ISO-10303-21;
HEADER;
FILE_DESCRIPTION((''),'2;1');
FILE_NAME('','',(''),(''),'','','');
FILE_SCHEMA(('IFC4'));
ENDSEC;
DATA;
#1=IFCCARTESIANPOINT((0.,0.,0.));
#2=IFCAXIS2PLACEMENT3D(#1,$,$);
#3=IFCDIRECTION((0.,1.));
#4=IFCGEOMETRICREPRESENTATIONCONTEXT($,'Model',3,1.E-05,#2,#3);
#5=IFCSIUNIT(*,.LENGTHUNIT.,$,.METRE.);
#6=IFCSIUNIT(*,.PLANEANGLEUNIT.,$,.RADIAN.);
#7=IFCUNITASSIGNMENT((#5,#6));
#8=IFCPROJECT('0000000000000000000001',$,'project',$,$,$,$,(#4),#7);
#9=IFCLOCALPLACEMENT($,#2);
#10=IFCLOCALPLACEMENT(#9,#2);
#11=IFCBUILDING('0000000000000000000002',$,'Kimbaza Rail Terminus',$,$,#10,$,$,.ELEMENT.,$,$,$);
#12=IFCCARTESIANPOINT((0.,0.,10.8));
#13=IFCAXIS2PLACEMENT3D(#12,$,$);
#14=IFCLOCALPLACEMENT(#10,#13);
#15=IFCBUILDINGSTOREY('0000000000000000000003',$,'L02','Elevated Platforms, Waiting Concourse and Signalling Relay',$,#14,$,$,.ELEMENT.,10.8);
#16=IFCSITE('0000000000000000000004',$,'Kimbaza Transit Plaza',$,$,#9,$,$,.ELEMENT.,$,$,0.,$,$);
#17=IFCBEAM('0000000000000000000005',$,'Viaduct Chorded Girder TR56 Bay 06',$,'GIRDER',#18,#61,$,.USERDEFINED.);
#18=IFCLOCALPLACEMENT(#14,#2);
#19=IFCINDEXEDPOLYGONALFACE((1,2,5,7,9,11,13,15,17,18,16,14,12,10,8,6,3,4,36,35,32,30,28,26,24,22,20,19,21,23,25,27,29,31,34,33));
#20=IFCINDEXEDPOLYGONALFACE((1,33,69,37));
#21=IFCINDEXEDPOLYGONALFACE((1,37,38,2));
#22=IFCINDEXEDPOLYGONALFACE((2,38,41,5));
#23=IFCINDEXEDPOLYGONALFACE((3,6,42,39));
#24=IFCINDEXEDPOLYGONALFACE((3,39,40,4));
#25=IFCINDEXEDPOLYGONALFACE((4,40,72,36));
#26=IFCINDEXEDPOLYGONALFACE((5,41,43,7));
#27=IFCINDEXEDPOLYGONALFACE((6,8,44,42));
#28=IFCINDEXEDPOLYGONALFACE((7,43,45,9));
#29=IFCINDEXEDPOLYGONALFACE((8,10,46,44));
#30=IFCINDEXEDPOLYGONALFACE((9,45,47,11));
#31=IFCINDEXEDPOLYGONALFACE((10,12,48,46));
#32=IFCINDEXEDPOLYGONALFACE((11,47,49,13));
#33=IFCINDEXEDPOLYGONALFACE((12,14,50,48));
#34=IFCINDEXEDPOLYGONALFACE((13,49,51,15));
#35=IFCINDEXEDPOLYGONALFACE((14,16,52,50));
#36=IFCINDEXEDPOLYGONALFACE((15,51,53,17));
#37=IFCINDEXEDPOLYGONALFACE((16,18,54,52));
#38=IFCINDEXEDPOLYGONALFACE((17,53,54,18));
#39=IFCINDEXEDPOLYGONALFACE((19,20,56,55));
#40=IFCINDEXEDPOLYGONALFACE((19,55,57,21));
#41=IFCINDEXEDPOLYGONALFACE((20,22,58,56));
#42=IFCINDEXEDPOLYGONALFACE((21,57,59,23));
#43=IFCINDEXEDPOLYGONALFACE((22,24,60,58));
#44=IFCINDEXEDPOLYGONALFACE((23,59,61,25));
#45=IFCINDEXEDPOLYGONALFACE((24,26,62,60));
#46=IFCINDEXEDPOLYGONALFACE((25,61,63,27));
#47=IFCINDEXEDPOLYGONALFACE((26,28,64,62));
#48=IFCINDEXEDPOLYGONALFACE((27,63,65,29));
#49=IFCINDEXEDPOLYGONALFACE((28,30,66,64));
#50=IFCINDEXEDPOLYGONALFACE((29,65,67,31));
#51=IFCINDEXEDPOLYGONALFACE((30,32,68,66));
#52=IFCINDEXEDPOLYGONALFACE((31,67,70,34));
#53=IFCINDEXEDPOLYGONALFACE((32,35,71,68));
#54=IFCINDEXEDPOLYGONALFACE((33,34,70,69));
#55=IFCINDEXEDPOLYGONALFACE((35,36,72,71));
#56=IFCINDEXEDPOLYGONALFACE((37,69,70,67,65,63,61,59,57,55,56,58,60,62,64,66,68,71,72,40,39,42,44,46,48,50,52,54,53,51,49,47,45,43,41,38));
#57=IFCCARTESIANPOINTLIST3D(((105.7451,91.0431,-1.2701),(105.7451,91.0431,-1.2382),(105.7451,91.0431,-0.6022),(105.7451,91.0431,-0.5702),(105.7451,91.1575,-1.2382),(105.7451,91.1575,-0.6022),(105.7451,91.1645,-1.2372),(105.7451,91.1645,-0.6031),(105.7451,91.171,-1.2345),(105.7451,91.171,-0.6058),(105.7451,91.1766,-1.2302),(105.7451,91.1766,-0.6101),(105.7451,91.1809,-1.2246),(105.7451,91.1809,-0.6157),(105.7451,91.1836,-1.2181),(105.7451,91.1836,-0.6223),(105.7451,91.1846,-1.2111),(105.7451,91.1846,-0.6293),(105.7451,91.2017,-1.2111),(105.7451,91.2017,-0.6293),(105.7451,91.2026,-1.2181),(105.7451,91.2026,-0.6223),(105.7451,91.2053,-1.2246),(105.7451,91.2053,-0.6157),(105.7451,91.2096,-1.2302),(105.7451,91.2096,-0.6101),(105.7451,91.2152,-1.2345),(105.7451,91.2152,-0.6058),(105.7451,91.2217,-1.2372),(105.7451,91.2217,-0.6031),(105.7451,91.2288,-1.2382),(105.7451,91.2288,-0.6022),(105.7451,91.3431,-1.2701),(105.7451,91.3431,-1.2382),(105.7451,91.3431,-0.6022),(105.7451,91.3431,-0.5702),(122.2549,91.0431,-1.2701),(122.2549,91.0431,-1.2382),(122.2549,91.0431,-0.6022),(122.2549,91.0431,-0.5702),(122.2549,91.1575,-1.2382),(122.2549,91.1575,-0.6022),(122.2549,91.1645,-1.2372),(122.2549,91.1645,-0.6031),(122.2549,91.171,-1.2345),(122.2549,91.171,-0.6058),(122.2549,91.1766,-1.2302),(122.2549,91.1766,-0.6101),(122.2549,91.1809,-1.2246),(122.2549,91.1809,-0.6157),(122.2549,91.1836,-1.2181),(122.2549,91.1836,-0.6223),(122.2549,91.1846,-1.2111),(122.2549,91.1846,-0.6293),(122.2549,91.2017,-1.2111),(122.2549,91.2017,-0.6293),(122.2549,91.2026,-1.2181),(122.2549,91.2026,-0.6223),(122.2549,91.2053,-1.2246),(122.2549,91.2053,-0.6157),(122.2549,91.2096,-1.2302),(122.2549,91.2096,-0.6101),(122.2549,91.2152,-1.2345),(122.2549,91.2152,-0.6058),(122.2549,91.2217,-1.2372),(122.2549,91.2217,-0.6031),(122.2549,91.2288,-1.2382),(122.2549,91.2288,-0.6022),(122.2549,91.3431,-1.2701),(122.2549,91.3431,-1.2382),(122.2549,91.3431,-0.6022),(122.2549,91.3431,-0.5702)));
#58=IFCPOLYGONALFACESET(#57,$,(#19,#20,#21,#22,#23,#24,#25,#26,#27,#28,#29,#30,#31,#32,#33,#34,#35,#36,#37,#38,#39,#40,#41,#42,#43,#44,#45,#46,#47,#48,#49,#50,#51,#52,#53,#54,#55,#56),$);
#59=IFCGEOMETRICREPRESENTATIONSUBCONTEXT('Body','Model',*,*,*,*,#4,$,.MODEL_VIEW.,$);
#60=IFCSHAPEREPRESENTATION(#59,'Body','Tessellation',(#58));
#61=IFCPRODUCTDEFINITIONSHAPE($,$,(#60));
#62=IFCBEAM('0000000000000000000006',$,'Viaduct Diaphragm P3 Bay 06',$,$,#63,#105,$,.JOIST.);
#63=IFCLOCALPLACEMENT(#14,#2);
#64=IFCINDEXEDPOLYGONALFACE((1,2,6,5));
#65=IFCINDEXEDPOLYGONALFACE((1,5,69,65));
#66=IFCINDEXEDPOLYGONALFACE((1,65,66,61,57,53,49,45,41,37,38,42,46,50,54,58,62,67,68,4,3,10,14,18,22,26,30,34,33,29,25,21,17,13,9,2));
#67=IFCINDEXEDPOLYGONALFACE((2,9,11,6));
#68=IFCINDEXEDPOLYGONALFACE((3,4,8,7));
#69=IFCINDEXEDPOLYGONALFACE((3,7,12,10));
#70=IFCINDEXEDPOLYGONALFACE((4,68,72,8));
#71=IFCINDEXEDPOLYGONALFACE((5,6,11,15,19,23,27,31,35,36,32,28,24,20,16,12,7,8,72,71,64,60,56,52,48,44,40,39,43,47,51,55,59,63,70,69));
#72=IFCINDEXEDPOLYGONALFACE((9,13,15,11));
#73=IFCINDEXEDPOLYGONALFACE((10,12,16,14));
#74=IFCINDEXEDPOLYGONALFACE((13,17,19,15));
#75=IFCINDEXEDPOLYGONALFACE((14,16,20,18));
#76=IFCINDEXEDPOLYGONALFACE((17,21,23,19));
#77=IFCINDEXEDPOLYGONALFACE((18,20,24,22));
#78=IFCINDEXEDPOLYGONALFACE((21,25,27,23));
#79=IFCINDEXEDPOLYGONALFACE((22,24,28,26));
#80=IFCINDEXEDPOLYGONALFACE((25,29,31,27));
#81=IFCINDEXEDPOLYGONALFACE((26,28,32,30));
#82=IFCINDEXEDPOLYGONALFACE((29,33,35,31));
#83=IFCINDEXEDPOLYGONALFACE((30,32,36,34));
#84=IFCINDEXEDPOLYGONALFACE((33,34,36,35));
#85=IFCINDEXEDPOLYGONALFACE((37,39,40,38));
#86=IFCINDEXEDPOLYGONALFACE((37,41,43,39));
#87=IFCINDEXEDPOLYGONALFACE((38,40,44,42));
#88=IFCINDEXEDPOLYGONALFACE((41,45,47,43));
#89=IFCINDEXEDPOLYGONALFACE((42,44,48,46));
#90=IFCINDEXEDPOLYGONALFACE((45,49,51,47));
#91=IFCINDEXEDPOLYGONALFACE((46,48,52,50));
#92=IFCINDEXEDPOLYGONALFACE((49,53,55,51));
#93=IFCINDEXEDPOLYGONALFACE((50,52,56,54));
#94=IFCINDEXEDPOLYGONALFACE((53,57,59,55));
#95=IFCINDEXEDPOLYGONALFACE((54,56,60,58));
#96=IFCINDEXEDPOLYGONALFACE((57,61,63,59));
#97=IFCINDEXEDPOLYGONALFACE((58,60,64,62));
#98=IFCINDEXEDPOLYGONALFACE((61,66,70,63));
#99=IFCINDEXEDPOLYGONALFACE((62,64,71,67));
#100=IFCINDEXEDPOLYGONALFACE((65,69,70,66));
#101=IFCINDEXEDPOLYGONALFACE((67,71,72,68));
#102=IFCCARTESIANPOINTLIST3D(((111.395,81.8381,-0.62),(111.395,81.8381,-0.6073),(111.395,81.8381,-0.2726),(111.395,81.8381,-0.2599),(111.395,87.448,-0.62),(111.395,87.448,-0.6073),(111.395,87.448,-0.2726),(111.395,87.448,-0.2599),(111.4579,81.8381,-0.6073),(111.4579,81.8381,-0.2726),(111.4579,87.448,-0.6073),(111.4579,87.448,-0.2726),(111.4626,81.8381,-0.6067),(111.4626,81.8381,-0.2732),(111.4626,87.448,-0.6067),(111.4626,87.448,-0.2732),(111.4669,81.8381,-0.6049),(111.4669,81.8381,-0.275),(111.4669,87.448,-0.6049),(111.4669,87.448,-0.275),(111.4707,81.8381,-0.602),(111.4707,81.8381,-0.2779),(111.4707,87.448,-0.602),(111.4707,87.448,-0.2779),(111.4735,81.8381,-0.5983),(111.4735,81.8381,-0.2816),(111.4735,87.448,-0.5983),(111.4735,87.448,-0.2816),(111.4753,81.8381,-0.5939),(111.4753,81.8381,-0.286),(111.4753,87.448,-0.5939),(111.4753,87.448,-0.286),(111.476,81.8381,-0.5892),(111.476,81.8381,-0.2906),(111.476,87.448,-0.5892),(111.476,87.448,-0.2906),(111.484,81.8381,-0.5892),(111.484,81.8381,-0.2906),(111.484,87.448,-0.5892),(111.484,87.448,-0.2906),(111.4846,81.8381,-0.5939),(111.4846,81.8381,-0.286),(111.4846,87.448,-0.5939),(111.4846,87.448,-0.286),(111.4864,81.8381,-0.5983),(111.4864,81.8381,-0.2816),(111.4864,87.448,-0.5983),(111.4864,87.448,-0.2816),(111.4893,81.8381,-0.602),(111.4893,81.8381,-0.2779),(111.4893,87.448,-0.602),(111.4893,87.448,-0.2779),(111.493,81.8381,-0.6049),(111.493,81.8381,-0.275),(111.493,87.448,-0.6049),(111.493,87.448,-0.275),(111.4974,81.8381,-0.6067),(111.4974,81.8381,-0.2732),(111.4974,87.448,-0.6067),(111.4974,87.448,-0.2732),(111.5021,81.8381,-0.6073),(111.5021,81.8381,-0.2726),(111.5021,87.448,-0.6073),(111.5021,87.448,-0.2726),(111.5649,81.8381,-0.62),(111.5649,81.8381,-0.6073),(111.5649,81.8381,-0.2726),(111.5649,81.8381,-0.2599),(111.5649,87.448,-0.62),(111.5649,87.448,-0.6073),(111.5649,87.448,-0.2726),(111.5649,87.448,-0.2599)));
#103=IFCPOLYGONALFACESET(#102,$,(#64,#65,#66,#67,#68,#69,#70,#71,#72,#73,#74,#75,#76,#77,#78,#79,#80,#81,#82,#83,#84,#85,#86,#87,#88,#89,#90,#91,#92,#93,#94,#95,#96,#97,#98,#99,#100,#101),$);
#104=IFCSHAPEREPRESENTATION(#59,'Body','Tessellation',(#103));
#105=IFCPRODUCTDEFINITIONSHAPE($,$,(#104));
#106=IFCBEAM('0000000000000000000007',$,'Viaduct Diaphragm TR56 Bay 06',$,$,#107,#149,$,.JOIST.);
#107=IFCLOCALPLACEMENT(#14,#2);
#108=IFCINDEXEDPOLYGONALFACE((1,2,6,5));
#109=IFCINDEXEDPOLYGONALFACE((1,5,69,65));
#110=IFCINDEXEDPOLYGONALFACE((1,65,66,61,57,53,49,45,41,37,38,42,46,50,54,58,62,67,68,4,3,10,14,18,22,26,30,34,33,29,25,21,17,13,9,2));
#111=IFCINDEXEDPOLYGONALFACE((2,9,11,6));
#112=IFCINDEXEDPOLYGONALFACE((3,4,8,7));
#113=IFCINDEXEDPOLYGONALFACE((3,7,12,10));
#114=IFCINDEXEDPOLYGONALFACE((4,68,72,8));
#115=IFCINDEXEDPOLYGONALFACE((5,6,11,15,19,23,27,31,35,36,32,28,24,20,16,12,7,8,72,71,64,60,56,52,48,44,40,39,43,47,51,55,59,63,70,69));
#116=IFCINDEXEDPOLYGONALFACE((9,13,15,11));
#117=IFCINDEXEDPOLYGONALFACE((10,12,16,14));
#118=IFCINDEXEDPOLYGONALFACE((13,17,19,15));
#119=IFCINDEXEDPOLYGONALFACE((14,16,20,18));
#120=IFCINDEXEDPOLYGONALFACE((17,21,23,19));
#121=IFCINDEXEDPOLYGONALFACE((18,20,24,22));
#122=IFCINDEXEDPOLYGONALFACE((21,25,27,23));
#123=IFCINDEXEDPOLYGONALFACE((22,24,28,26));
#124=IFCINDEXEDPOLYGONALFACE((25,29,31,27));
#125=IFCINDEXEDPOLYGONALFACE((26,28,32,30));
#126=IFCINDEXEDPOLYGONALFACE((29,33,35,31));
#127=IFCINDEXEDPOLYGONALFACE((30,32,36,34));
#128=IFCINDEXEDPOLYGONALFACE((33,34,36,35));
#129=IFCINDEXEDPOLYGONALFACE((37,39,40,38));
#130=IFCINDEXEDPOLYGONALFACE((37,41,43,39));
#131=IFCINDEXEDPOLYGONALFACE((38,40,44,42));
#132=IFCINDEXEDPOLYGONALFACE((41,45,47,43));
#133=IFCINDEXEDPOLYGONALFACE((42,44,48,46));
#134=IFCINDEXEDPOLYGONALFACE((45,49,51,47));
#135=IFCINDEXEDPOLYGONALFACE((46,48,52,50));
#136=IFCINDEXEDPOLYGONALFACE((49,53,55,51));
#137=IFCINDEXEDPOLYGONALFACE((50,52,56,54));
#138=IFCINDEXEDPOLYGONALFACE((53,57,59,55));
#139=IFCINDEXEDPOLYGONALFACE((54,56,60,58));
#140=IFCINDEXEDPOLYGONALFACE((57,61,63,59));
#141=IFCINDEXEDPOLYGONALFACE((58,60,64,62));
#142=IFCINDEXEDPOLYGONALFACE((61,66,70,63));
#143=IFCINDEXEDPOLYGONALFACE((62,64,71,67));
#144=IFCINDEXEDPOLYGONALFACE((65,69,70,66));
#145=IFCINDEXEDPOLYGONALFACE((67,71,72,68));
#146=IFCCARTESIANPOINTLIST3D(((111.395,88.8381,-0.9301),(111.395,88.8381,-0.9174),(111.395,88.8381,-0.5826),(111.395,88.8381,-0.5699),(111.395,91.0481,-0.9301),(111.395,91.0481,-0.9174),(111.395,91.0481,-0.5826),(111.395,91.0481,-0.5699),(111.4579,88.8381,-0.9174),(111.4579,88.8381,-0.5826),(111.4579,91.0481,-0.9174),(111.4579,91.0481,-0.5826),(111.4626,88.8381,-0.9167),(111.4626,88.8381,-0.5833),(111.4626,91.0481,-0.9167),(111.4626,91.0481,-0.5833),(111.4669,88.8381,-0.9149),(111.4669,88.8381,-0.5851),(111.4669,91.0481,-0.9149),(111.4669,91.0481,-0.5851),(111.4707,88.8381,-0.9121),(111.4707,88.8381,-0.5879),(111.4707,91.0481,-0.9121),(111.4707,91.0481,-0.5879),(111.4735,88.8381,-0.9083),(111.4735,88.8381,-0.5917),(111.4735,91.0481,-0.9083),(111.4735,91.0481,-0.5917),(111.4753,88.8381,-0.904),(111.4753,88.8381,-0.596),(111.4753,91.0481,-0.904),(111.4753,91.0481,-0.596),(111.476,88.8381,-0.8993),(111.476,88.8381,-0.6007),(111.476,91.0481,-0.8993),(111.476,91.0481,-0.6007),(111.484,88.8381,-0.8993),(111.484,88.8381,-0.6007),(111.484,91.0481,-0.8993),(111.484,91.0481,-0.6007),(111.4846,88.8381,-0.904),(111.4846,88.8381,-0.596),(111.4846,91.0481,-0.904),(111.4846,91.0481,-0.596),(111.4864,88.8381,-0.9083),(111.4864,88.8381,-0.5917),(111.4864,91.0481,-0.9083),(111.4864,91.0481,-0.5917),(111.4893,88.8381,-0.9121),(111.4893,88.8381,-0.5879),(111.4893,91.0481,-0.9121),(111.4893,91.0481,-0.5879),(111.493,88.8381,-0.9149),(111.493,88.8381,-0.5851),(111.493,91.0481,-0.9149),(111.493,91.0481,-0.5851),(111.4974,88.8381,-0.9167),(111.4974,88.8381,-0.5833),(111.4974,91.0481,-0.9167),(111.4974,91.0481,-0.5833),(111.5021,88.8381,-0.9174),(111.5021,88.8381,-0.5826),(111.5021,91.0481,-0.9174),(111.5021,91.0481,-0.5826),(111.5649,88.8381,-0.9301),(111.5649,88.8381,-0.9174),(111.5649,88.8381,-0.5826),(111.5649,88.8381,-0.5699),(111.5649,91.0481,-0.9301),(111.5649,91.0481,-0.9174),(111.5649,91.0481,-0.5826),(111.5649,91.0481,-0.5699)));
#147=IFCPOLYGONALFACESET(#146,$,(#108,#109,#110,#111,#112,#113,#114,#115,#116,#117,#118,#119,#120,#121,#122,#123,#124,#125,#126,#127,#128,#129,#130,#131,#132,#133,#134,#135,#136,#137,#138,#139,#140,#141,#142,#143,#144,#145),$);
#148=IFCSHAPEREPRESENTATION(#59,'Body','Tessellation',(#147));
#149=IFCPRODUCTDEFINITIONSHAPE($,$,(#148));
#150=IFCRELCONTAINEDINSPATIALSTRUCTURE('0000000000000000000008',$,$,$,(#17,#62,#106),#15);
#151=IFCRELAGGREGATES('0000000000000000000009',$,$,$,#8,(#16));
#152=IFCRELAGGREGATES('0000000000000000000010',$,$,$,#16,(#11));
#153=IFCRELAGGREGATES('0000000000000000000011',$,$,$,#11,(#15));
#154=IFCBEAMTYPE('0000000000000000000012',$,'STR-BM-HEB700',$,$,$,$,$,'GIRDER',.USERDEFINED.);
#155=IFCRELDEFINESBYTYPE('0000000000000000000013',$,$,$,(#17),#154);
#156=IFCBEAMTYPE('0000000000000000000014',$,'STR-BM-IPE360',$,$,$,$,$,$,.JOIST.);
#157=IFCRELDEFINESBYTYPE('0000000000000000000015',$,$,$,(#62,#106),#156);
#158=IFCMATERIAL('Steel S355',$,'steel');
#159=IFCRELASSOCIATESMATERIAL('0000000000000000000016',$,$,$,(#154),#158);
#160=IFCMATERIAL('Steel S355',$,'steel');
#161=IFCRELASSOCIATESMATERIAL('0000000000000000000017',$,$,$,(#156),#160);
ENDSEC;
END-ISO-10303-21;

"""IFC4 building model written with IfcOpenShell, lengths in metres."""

from ifc_helpers import new_model, si_unit, direction, frame, origin, origin_2d, place, context, subcontext, project, spatial, i_section, extrude, material, material_profile, profile_set, type_object, element, save


model = new_model("IFC4")

# Units and contexts
model_context = context("Model", 3, precision=1e-05, world=origin(), true_north=direction((0.0, 1.0)))
body_context = subcontext(model_context, "Body", "Model", "MODEL_VIEW")
ifc_project = project(units=[si_unit("LENGTHUNIT", "METRE"), si_unit("PLANEANGLEUNIT", "RADIAN")], contexts=[model_context])

# Site, building, storey
site_placement = place(None, origin())
site = spatial("IfcSite", under=ifc_project, at=site_placement, Name="Kimbaza Transit Plaza", CompositionType="ELEMENT", RefElevation=0.0)
building_placement = place(site_placement, origin())
building = spatial("IfcBuilding", under=site, at=building_placement, Name="Kimbaza Rail Terminus", CompositionType="ELEMENT")
storey_placement = place(building_placement, frame((0.0, 0.0, 10.8)))
storey = spatial("IfcBuildingStorey", under=building, at=storey_placement, Name="L02", Description="Elevated Platforms, Waiting Concourse and Signalling Relay", CompositionType="ELEMENT", Elevation=10.8)

# Beams
ifc_material_1 = material(Name="Steel S355", Category="steel")
ifc_material_profile_1 = material_profile(ifc_material_1, i_section(OverallWidth=0.3, OverallDepth=0.7, WebThickness=0.0171, FlangeThickness=0.032, FilletRadius=0.0271, at=origin_2d()), Name="HEB 700")
ifc_profile_set_1 = profile_set([ifc_material_profile_1], Name="Steel S355")
beam_type_1 = type_object("IfcBeamType", Name="STR-BM-HEB700", ElementType="GIRDER", PredefinedType="USERDEFINED", material=ifc_profile_set_1)
for number, where, z_axis, x_axis, name in (
    (1, (105.7451, 91.1931, -0.9202), (1.0, 0.0, 0.0), (0.0, 1.0, 0.0), "Viaduct Chorded Girder TR56 Bay 06"),
):
    element("IfcBeam", number, at=place(storey_placement, frame(where, z_axis=z_axis, x_axis=x_axis)), inside=storey, type_object=beam_type_1, Name=name, ObjectType="GIRDER", PredefinedType="USERDEFINED", context=body_context, shape_type="SweptSolid", body=[
        extrude(i_section(OverallWidth=0.3, OverallDepth=0.7, WebThickness=0.0171, FlangeThickness=0.032, FilletRadius=0.0271, at=origin_2d()), origin(), (0.0, 0.0, 1.0), 16.5098),
    ])
ifc_material_2 = material(Name="Steel S355", Category="steel")
ifc_material_profile_2 = material_profile(ifc_material_2, i_section(OverallWidth=0.1699, OverallDepth=0.3601, WebThickness=0.0081, FlangeThickness=0.0127, FilletRadius=0.0181, at=origin_2d()), Name="IPE 360")
ifc_profile_set_2 = profile_set([ifc_material_profile_2], Name="Steel S355")
beam_type_2 = type_object("IfcBeamType", Name="STR-BM-IPE360", PredefinedType="JOIST", material=ifc_profile_set_2)
beam_1_placement = place(storey_placement, frame((111.48, 81.8381, -0.4399), z_axis=(0.0, 1.0, 0.0), x_axis=(-1.0, 0.0, 0.0)))
element("IfcBeam", 2, at=beam_1_placement, inside=storey, type_object=beam_type_2, Name="Viaduct Diaphragm P3 Bay 06", PredefinedType="JOIST", context=body_context, shape_type="SweptSolid", body=[
    extrude(i_section(OverallWidth=0.1699, OverallDepth=0.3601, WebThickness=0.0081, FlangeThickness=0.0127, FilletRadius=0.0181, at=origin_2d()), origin(), (0.0, 0.0, 1.0), 5.6099),
])
beam_2_placement = place(storey_placement, frame((111.48, 88.8381, -0.75), z_axis=(0.0, 1.0, 0.0), x_axis=(-1.0, 0.0, 0.0)))
element("IfcBeam", 3, at=beam_2_placement, inside=storey, type_object=beam_type_2, Name="Viaduct Diaphragm TR56 Bay 06", PredefinedType="JOIST", context=body_context, shape_type="SweptSolid", body=[
    extrude(i_section(OverallWidth=0.1699, OverallDepth=0.3601, WebThickness=0.0081, FlangeThickness=0.0127, FilletRadius=0.0181, at=origin_2d()), origin(), (0.0, 0.0, 1.0), 2.21),
])

save(model, "model.ifc")
